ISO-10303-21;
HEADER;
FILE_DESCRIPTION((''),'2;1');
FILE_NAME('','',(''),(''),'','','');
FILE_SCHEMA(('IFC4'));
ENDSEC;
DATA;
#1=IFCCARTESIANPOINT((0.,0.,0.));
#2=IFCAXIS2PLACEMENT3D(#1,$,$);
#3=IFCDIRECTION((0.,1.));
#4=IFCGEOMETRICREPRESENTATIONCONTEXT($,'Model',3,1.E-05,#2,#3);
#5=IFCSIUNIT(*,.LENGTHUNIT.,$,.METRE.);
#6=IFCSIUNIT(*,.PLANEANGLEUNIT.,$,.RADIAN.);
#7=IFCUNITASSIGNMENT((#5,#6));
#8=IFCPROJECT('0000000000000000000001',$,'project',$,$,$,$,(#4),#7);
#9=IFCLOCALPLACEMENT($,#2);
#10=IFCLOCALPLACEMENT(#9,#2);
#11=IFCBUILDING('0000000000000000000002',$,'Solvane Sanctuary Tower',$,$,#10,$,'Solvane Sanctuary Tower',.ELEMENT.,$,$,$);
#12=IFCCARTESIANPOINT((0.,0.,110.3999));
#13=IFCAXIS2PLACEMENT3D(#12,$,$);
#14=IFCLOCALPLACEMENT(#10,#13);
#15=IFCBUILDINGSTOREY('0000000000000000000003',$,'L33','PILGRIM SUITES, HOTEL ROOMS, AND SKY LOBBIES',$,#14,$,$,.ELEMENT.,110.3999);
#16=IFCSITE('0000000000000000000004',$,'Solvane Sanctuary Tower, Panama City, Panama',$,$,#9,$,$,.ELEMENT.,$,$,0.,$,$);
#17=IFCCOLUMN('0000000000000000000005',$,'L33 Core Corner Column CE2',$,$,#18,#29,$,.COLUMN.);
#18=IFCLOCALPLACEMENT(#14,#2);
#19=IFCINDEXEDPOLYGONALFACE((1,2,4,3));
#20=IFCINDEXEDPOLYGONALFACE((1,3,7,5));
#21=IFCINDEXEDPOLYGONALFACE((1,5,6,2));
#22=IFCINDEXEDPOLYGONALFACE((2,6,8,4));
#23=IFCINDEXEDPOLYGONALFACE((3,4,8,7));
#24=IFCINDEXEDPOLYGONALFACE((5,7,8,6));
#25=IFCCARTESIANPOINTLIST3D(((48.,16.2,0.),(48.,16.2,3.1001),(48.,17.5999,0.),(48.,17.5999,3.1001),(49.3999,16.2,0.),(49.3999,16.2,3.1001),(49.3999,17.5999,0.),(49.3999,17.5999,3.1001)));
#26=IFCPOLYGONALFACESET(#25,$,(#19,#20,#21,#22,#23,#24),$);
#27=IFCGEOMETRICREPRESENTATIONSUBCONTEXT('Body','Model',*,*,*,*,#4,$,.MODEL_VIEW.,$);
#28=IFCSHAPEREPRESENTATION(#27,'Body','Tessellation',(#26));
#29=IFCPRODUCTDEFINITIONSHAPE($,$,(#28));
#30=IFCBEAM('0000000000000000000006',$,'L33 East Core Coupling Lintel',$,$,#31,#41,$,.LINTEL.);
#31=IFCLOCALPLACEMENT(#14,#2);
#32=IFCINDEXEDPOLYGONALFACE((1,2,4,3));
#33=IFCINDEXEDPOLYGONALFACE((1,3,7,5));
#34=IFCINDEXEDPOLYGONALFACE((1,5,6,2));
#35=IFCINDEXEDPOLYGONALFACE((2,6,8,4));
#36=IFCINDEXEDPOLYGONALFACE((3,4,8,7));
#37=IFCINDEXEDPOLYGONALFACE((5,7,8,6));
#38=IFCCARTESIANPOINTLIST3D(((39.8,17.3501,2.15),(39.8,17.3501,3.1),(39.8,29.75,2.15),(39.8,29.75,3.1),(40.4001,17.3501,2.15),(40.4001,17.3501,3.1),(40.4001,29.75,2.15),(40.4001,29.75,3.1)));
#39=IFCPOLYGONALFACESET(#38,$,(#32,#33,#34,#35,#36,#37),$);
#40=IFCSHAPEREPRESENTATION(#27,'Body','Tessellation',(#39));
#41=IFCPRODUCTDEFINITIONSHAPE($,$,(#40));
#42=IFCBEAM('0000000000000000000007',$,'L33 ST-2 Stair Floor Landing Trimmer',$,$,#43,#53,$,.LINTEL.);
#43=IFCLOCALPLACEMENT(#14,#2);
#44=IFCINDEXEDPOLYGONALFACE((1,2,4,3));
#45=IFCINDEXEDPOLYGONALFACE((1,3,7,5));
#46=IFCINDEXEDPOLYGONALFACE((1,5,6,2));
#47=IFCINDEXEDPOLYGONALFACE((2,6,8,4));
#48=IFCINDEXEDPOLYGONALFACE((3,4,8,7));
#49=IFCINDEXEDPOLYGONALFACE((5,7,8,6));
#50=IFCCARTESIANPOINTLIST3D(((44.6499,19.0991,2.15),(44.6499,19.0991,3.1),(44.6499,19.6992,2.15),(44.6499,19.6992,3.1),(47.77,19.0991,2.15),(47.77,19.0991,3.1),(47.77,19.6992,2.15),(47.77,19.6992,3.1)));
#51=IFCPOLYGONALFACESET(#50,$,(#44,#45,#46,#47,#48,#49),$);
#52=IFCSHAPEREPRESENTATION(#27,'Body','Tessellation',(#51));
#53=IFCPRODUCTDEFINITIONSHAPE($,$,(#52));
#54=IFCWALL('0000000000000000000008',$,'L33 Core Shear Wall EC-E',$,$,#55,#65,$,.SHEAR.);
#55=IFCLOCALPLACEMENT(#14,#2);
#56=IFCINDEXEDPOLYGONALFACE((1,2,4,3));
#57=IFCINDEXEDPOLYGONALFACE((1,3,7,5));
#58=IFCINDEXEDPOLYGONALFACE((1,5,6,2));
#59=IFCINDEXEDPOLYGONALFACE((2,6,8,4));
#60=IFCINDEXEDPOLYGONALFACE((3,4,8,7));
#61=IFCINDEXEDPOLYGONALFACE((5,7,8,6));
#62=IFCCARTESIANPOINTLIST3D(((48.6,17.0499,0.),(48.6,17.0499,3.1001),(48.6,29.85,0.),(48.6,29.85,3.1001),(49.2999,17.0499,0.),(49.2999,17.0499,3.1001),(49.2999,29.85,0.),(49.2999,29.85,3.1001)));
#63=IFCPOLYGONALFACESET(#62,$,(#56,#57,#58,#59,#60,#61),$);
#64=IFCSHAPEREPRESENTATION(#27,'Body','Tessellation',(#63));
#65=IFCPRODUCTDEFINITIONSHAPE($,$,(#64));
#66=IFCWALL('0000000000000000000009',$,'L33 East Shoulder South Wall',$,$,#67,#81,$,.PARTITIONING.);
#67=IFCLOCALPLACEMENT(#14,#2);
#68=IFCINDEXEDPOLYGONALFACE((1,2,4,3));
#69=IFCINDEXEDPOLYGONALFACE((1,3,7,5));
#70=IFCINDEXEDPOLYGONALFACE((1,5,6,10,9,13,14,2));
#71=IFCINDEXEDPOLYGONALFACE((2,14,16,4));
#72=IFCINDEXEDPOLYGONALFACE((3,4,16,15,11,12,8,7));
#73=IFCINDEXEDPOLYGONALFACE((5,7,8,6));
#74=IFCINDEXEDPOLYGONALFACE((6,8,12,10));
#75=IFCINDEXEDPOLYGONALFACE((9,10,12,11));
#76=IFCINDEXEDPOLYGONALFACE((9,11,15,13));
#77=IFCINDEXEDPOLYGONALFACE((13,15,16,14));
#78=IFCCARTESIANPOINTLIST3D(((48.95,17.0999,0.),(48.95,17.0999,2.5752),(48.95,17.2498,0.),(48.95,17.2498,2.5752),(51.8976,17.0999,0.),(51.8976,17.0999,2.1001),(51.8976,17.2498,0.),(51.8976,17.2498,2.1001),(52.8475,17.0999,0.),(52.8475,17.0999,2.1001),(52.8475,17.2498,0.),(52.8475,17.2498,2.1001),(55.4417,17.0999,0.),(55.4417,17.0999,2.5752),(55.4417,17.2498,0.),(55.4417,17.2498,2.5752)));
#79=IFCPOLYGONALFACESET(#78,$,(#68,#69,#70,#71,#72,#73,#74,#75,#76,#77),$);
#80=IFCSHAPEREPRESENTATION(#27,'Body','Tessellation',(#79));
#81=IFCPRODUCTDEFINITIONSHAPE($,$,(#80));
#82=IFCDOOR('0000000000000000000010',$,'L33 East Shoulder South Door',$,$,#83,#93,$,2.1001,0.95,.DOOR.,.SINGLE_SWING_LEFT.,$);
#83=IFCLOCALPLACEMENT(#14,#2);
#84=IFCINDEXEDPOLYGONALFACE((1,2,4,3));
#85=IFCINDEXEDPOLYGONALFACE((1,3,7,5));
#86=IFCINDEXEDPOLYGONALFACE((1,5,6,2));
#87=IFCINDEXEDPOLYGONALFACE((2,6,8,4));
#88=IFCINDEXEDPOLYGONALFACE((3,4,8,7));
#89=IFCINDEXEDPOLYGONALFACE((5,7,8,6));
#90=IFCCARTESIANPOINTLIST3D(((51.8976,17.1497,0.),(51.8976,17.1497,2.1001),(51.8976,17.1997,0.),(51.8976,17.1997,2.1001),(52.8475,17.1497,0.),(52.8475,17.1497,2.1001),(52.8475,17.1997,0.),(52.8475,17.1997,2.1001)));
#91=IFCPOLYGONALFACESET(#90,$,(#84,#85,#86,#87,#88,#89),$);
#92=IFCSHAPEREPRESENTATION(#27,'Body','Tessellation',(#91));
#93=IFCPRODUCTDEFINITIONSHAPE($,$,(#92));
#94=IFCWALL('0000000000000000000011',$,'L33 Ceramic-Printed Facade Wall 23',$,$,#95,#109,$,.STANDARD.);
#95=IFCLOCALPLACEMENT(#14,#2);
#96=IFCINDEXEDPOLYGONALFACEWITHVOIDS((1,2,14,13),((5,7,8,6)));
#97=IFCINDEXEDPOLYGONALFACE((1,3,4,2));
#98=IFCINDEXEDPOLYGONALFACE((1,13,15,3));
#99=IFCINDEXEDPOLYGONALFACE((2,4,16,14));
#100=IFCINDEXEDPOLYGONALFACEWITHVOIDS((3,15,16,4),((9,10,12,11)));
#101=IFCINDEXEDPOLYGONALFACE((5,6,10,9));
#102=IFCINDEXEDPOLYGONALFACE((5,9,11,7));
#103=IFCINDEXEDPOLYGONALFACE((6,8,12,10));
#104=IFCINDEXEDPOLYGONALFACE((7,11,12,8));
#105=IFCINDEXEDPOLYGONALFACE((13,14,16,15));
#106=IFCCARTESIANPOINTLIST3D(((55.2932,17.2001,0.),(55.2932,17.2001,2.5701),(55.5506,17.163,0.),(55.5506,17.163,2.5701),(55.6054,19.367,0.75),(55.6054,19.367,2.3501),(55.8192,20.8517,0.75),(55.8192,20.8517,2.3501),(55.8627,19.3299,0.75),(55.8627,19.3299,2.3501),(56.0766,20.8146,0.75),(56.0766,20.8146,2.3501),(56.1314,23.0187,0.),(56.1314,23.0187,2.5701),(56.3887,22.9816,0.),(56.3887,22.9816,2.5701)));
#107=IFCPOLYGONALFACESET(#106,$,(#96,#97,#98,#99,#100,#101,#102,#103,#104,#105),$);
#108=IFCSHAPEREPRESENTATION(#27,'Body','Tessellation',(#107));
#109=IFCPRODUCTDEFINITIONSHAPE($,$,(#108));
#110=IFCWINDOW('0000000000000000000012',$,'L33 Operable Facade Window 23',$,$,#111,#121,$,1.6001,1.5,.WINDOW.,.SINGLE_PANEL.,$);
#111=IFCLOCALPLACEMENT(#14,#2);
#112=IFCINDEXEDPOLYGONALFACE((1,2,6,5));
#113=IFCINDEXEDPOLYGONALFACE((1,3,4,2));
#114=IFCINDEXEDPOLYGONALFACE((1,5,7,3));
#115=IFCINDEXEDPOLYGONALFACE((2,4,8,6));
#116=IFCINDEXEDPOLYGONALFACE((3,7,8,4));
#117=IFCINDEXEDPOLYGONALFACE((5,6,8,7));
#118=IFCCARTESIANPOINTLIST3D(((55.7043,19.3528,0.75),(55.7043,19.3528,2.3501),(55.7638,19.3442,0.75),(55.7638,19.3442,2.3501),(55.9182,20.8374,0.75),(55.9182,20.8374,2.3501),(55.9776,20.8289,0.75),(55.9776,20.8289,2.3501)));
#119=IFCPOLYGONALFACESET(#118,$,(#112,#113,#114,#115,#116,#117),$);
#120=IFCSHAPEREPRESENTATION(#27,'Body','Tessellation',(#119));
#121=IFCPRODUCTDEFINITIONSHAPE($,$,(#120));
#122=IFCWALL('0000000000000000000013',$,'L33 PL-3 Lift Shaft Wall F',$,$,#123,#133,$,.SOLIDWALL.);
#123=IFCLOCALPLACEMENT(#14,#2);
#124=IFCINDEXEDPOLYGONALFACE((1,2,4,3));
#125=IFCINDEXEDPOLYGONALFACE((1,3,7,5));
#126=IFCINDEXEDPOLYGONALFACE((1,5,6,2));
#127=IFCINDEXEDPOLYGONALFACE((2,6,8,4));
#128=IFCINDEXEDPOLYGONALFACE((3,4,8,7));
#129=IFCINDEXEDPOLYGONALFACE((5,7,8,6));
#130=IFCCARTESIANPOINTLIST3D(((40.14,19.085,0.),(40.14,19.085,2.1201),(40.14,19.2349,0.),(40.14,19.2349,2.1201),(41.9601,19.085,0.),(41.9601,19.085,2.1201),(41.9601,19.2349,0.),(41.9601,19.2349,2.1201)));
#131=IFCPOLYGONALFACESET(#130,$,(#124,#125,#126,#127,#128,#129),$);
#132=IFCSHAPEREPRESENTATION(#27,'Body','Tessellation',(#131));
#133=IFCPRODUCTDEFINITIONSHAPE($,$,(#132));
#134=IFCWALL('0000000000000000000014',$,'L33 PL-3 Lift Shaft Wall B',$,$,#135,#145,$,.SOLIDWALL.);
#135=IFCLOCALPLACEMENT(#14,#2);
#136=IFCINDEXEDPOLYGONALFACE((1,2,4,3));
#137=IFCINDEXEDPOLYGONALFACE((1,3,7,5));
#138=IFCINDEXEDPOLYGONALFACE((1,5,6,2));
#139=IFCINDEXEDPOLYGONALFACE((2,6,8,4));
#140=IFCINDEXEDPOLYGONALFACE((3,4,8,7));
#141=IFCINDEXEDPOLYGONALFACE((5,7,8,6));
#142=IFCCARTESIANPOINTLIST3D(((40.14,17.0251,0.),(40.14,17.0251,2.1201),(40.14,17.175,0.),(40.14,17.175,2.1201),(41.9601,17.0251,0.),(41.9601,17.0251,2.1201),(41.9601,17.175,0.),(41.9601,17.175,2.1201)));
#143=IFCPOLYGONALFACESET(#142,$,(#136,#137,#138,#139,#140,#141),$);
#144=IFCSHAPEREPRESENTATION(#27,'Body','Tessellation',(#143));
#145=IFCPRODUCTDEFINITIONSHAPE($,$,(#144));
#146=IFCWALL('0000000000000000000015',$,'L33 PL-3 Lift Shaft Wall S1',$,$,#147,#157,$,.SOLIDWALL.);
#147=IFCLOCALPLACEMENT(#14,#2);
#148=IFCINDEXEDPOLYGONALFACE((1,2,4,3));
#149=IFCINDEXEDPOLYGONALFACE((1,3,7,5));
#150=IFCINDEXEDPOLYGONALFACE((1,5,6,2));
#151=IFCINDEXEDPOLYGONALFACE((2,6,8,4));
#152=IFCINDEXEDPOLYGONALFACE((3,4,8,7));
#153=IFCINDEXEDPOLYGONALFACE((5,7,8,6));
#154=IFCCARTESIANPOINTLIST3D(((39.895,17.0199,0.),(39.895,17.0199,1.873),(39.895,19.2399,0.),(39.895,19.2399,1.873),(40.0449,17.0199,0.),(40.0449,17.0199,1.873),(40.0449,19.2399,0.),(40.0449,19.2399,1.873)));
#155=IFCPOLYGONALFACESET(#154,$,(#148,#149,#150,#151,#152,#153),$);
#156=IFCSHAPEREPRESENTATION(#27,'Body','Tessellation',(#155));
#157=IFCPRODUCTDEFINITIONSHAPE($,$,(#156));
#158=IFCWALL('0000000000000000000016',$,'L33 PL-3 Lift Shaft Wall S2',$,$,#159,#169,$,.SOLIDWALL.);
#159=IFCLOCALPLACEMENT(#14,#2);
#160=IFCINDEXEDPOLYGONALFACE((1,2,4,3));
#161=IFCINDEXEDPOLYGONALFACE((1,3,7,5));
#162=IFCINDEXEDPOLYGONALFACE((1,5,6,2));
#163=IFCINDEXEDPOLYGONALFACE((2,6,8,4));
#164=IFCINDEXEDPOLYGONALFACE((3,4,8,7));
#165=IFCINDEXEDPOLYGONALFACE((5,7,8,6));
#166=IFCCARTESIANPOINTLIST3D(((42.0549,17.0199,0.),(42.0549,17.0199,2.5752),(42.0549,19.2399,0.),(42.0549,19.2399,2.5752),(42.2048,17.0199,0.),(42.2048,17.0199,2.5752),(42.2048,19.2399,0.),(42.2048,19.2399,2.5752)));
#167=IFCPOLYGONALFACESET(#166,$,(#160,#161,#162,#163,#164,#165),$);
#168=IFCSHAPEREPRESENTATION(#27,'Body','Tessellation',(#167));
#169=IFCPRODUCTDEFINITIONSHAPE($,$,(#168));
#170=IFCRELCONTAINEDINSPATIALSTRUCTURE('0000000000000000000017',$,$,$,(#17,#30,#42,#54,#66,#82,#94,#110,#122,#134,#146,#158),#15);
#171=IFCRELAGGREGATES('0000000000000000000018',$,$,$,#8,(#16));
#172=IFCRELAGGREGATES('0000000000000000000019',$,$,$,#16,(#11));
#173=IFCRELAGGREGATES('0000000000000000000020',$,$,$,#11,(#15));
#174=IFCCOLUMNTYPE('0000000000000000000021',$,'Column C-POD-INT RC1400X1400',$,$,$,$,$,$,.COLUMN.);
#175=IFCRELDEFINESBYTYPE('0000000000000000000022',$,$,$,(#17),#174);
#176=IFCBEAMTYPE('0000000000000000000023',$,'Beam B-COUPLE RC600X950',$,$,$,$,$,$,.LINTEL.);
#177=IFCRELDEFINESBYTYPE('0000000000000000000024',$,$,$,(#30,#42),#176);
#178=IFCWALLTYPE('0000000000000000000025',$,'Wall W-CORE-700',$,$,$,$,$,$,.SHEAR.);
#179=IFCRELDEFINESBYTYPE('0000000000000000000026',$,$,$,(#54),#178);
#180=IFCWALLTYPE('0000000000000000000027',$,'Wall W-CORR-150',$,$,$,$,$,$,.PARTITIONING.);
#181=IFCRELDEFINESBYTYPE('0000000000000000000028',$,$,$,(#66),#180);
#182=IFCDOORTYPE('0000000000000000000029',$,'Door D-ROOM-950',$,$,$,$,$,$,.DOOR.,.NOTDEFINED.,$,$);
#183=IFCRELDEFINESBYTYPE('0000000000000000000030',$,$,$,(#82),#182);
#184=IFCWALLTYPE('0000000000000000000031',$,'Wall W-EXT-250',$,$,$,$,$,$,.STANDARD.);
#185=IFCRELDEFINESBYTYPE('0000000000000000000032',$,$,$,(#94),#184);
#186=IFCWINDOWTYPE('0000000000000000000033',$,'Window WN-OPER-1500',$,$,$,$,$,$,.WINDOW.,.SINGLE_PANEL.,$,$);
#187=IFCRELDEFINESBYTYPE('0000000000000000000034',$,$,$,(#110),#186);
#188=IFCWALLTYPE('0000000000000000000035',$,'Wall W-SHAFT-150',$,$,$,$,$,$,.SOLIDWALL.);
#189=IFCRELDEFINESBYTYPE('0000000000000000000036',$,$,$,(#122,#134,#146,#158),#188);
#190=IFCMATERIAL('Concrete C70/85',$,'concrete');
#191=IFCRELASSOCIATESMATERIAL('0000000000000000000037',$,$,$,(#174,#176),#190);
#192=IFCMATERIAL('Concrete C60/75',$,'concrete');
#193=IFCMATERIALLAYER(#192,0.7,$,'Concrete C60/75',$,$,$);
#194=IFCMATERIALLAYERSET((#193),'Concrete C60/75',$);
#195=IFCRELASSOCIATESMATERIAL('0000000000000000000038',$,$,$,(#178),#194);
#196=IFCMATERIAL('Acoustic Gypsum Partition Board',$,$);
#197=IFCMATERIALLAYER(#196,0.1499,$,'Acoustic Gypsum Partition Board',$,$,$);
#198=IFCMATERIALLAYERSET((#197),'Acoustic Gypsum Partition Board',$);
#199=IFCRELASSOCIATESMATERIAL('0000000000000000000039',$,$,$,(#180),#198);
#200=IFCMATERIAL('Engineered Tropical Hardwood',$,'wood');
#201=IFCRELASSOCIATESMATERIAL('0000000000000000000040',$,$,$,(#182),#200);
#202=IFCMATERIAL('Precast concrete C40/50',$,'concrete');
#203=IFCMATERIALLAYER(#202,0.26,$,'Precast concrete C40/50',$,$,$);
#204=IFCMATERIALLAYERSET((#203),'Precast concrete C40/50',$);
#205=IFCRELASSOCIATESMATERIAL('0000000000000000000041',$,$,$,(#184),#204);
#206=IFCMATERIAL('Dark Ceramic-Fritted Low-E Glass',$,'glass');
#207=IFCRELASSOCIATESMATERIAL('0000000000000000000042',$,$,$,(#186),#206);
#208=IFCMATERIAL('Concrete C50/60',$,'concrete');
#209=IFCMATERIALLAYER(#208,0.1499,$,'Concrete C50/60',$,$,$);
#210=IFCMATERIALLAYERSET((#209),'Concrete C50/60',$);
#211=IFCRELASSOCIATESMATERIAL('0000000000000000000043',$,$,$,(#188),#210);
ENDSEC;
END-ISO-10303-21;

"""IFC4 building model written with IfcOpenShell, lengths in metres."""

from ifc_helpers import new_model, si_unit, direction, frame, frame_2d, origin, origin_2d, place, context, subcontext, project, spatial, rectangle, extrude, material, layer, layer_set, material_profile, profile_set, type_object, element, fill, save


model = new_model("IFC4")

# Units and contexts
model_context = context("Model", 3, precision=1e-05, world=origin(), true_north=direction((0.0, 1.0)))
body_context = subcontext(model_context, "Body", "Model", "MODEL_VIEW")
ifc_project = project(units=[si_unit("LENGTHUNIT", "METRE"), si_unit("PLANEANGLEUNIT", "RADIAN")], contexts=[model_context])

# Site, building, storey
site_placement = place(None, origin())
site = spatial("IfcSite", under=ifc_project, at=site_placement, Name="Solvane Sanctuary Tower, Panama City, Panama", CompositionType="ELEMENT", RefElevation=0.0)
building_placement = place(site_placement, origin())
building = spatial("IfcBuilding", under=site, at=building_placement, Name="Solvane Sanctuary Tower", LongName="Solvane Sanctuary Tower", CompositionType="ELEMENT")
storey_placement = place(building_placement, frame((0.0, 0.0, 110.3999)))
storey = spatial("IfcBuildingStorey", under=building, at=storey_placement, Name="L33", Description="PILGRIM SUITES, HOTEL ROOMS, AND SKY LOBBIES", CompositionType="ELEMENT", Elevation=110.3999)

# Column
ifc_material_1 = material(Name="Concrete C70/85", Category="concrete")
ifc_material_profile_1 = material_profile(ifc_material_1, rectangle(XDim=1.3999, YDim=1.3999, at=origin_2d()), Name="RC1400X1400")
ifc_profile_set_1 = profile_set([ifc_material_profile_1], Name="Concrete C70/85")
column_type = type_object("IfcColumnType", Name="Column C-POD-INT RC1400X1400", PredefinedType="COLUMN", material=ifc_profile_set_1)
column_placement = place(storey_placement, frame((48.7, 16.8999, 0.0), z_axis=(0.0, 0.0, 1.0), x_axis=(1.0, 0.0, 0.0)))
element("IfcColumn", 1, at=column_placement, inside=storey, type_object=column_type, Name="L33 Core Corner Column CE2", PredefinedType="COLUMN", context=body_context, shape_type="SweptSolid", body=[
    extrude(rectangle(XDim=1.3999, YDim=1.3999, at=origin_2d()), origin(), (0.0, 0.0, 1.0), 3.1001),
])

# Beams
ifc_material_profile_2 = material_profile(ifc_material_1, rectangle(XDim=0.6001, YDim=0.95, at=origin_2d()), Name="RC600X950")
ifc_profile_set_2 = profile_set([ifc_material_profile_2], Name="Concrete C70/85")
beam_type = type_object("IfcBeamType", Name="Beam B-COUPLE RC600X950", PredefinedType="LINTEL", material=ifc_profile_set_2)
beam_1_placement = place(storey_placement, frame((40.1001, 17.3501, 2.625), z_axis=(0.0, 1.0, 0.0), x_axis=(-1.0, 0.0, 0.0)))
element("IfcBeam", 2, at=beam_1_placement, inside=storey, type_object=beam_type, Name="L33 East Core Coupling Lintel", PredefinedType="LINTEL", context=body_context, shape_type="SweptSolid", body=[
    extrude(rectangle(XDim=0.6001, YDim=0.95, at=origin_2d()), origin(), (0.0, 0.0, 1.0), 12.3999),
])
beam_2_placement = place(storey_placement, frame((44.6499, 19.3992, 2.625), z_axis=(1.0, 0.0, 0.0), x_axis=(0.0, 1.0, 0.0)))
element("IfcBeam", 3, at=beam_2_placement, inside=storey, type_object=beam_type, Name="L33 ST-2 Stair Floor Landing Trimmer", PredefinedType="LINTEL", context=body_context, shape_type="SweptSolid", body=[
    extrude(rectangle(XDim=0.6001, YDim=0.95, at=origin_2d()), origin(), (0.0, 0.0, 1.0), 3.1201),
])

# Wall
ifc_material_2 = material(Name="Concrete C60/75", Category="concrete")
ifc_layer_1 = layer(ifc_material_2, 0.7, Name="Concrete C60/75")
ifc_layer_set_1 = layer_set([ifc_layer_1], Name="Concrete C60/75")
wall_type_1 = type_object("IfcWallType", Name="Wall W-CORE-700", PredefinedType="SHEAR", material=ifc_layer_set_1)
wall_1_placement = place(storey_placement, frame((48.95, 17.05, 0.0), z_axis=(0.0, 0.0, 1.0), x_axis=(0.0, 1.0, 0.0)))
element("IfcWall", 4, at=wall_1_placement, inside=storey, type_object=wall_type_1, Name="L33 Core Shear Wall EC-E", PredefinedType="SHEAR", context=body_context, shape_type="SweptSolid", body=[
    extrude(rectangle(XDim=12.8, YDim=0.7, at=frame_2d((6.3999, 0.0))), origin(), (0.0, 0.0, 1.0), 3.1001),
])

# Wall, opening, door
ifc_material_3 = material(Name="Acoustic Gypsum Partition Board")
ifc_layer_2 = layer(ifc_material_3, 0.1499, Name="Acoustic Gypsum Partition Board")
ifc_layer_set_2 = layer_set([ifc_layer_2], Name="Acoustic Gypsum Partition Board")
wall_type_2 = type_object("IfcWallType", Name="Wall W-CORR-150", PredefinedType="PARTITIONING", material=ifc_layer_set_2)
wall_2_placement = place(storey_placement, frame((48.95, 17.1748, 0.0), z_axis=(0.0, 0.0, 1.0), x_axis=(1.0, 0.0, 0.0)))
wall_2 = element("IfcWall", 5, at=wall_2_placement, inside=storey, type_object=wall_type_2, Name="L33 East Shoulder South Wall", PredefinedType="PARTITIONING", context=body_context, shape_type="SweptSolid", body=[
    extrude(rectangle(XDim=6.4917, YDim=0.1499, at=frame_2d((3.2458, 0.0))), origin(), (0.0, 0.0, 1.0), 2.5752),
])
opening_1_placement = place(wall_2_placement, frame((2.9475, 0.0, 0.0)))
opening_1 = element("IfcOpeningElement", 6, at=opening_1_placement, cuts=wall_2, PredefinedType="OPENING", context=body_context, shape_type="SweptSolid", body=[
    extrude(rectangle(XDim=0.95, YDim=2.1001, at=frame_2d((0.4751, 1.05))), frame((0.0, 0.085, 0.0), z_axis=(0.0, -1.0, 0.0), x_axis=(1.0, 0.0, 0.0)), (0.0, 0.0, 1.0), 0.1699),
])
ifc_material_4 = material(Name="Engineered Tropical Hardwood", Category="wood")
door_type_1 = type_object("IfcDoorType", Name="Door D-ROOM-950", OperationType="NOTDEFINED", PredefinedType="DOOR", material=ifc_material_4)
door_1_placement = place(opening_1_placement, origin())
door_1 = element("IfcDoor", 7, at=door_1_placement, inside=storey, type_object=door_type_1, Name="L33 East Shoulder South Door", OperationType="SINGLE_SWING_LEFT", OverallHeight=2.1001, OverallWidth=0.95, PredefinedType="DOOR", context=body_context, shape_type="SweptSolid", body=[
    extrude(rectangle(XDim=0.95, YDim=2.1001, at=frame_2d((0.4751, 1.05))), frame((0.0, 0.0249, 0.0), z_axis=(0.0, -1.0, 0.0), x_axis=(1.0, 0.0, 0.0)), (0.0, 0.0, 1.0), 0.05),
])
fill(opening_1, door_1)

# Wall, opening, window
ifc_material_5 = material(Name="Precast concrete C40/50", Category="concrete")
ifc_layer_3 = layer(ifc_material_5, 0.26, Name="Precast concrete C40/50")
ifc_layer_set_3 = layer_set([ifc_layer_3], Name="Precast concrete C40/50")
wall_type_3 = type_object("IfcWallType", Name="Wall W-EXT-250", PredefinedType="STANDARD", material=ifc_layer_set_3)
wall_3_placement = place(storey_placement, frame((55.4219, 17.1814, 0.0), z_axis=(0.0, 0.0, 1.0), x_axis=(0.142572, 0.989784, 0.0)))
wall_3 = element("IfcWall", 8, at=wall_3_placement, inside=storey, type_object=wall_type_3, Name="L33 Ceramic-Printed Facade Wall 23", PredefinedType="STANDARD", context=body_context, shape_type="SweptSolid", body=[
    extrude(rectangle(XDim=5.8787, YDim=0.26, at=frame_2d((2.9395, 0.0))), origin(), (0.0, 0.0, 1.0), 2.5701),
])
opening_2_placement = place(wall_3_placement, frame((2.1895, 0.0, 0.75)))
opening_2 = element("IfcOpeningElement", 9, at=opening_2_placement, cuts=wall_3, PredefinedType="OPENING", context=body_context, shape_type="SweptSolid", body=[
    extrude(rectangle(XDim=1.5, YDim=1.6001, at=frame_2d((0.75, 0.8))), frame((0.0, 0.1399, 0.0), z_axis=(0.0, -1.0, 0.0), x_axis=(1.0, 0.0, 0.0)), (0.0, 0.0, 1.0), 0.28),
])
ifc_material_6 = material(Name="Dark Ceramic-Fritted Low-E Glass", Category="glass")
window_type = type_object("IfcWindowType", Name="Window WN-OPER-1500", PartitioningType="SINGLE_PANEL", PredefinedType="WINDOW", material=ifc_material_6)
window_placement = place(opening_2_placement, origin())
window = element("IfcWindow", 10, at=window_placement, inside=storey, type_object=window_type, Name="L33 Operable Facade Window 23", OverallHeight=1.6001, OverallWidth=1.5, PartitioningType="SINGLE_PANEL", PredefinedType="WINDOW", context=body_context, shape_type="SweptSolid", body=[
    extrude(rectangle(XDim=1.5, YDim=1.6001, at=frame_2d((0.75, 0.8))), frame((0.0, 0.03, 0.0), z_axis=(0.0, -1.0, 0.0), x_axis=(1.0, 0.0, 0.0)), (0.0, 0.0, 1.0), 0.0601),
])
fill(opening_2, window)

# Walls
ifc_material_7 = material(Name="Concrete C50/60", Category="concrete")
ifc_layer_4 = layer(ifc_material_7, 0.1499, Name="Concrete C50/60")
ifc_layer_set_4 = layer_set([ifc_layer_4], Name="Concrete C50/60")
wall_type_4 = type_object("IfcWallType", Name="Wall W-SHAFT-150", PredefinedType="SOLIDWALL", material=ifc_layer_set_4)
for number, where, z_axis, x_axis, name in (
    (11, (40.1399, 19.1599, 0.0), (0.0, 0.0, 1.0), (1.0, 0.0, 0.0), "L33 PL-3 Lift Shaft Wall F"),
    (12, (40.1399, 17.1001, 0.0), (0.0, 0.0, 1.0), (1.0, 0.0, 0.0), "L33 PL-3 Lift Shaft Wall B"),
):
    element("IfcWall", number, at=place(storey_placement, frame(where, z_axis=z_axis, x_axis=x_axis)), inside=storey, type_object=wall_type_4, Name=name, PredefinedType="SOLIDWALL", context=body_context, shape_type="SweptSolid", body=[
        extrude(rectangle(XDim=1.8201, YDim=0.1499, at=frame_2d((0.9102, 0.0))), origin(), (0.0, 0.0, 1.0), 2.1201),
    ])
wall_4_placement = place(storey_placement, frame((39.97, 17.02, 0.0), z_axis=(0.0, 0.0, 1.0), x_axis=(0.0, 1.0, 0.0)))
element("IfcWall", 13, at=wall_4_placement, inside=storey, type_object=wall_type_4, Name="L33 PL-3 Lift Shaft Wall S1", PredefinedType="SOLIDWALL", context=body_context, shape_type="SweptSolid", body=[
    extrude(rectangle(XDim=2.22, YDim=0.1499, at=frame_2d((1.1099, 0.0))), origin(), (0.0, 0.0, 1.0), 1.873),
])
wall_5_placement = place(storey_placement, frame((42.1299, 17.02, 0.0), z_axis=(0.0, 0.0, 1.0), x_axis=(0.0, 1.0, 0.0)))
element("IfcWall", 14, at=wall_5_placement, inside=storey, type_object=wall_type_4, Name="L33 PL-3 Lift Shaft Wall S2", PredefinedType="SOLIDWALL", context=body_context, shape_type="SweptSolid", body=[
    extrude(rectangle(XDim=2.22, YDim=0.1499, at=frame_2d((1.1099, 0.0))), origin(), (0.0, 0.0, 1.0), 2.5752),
])

save(model, "model.ifc")
